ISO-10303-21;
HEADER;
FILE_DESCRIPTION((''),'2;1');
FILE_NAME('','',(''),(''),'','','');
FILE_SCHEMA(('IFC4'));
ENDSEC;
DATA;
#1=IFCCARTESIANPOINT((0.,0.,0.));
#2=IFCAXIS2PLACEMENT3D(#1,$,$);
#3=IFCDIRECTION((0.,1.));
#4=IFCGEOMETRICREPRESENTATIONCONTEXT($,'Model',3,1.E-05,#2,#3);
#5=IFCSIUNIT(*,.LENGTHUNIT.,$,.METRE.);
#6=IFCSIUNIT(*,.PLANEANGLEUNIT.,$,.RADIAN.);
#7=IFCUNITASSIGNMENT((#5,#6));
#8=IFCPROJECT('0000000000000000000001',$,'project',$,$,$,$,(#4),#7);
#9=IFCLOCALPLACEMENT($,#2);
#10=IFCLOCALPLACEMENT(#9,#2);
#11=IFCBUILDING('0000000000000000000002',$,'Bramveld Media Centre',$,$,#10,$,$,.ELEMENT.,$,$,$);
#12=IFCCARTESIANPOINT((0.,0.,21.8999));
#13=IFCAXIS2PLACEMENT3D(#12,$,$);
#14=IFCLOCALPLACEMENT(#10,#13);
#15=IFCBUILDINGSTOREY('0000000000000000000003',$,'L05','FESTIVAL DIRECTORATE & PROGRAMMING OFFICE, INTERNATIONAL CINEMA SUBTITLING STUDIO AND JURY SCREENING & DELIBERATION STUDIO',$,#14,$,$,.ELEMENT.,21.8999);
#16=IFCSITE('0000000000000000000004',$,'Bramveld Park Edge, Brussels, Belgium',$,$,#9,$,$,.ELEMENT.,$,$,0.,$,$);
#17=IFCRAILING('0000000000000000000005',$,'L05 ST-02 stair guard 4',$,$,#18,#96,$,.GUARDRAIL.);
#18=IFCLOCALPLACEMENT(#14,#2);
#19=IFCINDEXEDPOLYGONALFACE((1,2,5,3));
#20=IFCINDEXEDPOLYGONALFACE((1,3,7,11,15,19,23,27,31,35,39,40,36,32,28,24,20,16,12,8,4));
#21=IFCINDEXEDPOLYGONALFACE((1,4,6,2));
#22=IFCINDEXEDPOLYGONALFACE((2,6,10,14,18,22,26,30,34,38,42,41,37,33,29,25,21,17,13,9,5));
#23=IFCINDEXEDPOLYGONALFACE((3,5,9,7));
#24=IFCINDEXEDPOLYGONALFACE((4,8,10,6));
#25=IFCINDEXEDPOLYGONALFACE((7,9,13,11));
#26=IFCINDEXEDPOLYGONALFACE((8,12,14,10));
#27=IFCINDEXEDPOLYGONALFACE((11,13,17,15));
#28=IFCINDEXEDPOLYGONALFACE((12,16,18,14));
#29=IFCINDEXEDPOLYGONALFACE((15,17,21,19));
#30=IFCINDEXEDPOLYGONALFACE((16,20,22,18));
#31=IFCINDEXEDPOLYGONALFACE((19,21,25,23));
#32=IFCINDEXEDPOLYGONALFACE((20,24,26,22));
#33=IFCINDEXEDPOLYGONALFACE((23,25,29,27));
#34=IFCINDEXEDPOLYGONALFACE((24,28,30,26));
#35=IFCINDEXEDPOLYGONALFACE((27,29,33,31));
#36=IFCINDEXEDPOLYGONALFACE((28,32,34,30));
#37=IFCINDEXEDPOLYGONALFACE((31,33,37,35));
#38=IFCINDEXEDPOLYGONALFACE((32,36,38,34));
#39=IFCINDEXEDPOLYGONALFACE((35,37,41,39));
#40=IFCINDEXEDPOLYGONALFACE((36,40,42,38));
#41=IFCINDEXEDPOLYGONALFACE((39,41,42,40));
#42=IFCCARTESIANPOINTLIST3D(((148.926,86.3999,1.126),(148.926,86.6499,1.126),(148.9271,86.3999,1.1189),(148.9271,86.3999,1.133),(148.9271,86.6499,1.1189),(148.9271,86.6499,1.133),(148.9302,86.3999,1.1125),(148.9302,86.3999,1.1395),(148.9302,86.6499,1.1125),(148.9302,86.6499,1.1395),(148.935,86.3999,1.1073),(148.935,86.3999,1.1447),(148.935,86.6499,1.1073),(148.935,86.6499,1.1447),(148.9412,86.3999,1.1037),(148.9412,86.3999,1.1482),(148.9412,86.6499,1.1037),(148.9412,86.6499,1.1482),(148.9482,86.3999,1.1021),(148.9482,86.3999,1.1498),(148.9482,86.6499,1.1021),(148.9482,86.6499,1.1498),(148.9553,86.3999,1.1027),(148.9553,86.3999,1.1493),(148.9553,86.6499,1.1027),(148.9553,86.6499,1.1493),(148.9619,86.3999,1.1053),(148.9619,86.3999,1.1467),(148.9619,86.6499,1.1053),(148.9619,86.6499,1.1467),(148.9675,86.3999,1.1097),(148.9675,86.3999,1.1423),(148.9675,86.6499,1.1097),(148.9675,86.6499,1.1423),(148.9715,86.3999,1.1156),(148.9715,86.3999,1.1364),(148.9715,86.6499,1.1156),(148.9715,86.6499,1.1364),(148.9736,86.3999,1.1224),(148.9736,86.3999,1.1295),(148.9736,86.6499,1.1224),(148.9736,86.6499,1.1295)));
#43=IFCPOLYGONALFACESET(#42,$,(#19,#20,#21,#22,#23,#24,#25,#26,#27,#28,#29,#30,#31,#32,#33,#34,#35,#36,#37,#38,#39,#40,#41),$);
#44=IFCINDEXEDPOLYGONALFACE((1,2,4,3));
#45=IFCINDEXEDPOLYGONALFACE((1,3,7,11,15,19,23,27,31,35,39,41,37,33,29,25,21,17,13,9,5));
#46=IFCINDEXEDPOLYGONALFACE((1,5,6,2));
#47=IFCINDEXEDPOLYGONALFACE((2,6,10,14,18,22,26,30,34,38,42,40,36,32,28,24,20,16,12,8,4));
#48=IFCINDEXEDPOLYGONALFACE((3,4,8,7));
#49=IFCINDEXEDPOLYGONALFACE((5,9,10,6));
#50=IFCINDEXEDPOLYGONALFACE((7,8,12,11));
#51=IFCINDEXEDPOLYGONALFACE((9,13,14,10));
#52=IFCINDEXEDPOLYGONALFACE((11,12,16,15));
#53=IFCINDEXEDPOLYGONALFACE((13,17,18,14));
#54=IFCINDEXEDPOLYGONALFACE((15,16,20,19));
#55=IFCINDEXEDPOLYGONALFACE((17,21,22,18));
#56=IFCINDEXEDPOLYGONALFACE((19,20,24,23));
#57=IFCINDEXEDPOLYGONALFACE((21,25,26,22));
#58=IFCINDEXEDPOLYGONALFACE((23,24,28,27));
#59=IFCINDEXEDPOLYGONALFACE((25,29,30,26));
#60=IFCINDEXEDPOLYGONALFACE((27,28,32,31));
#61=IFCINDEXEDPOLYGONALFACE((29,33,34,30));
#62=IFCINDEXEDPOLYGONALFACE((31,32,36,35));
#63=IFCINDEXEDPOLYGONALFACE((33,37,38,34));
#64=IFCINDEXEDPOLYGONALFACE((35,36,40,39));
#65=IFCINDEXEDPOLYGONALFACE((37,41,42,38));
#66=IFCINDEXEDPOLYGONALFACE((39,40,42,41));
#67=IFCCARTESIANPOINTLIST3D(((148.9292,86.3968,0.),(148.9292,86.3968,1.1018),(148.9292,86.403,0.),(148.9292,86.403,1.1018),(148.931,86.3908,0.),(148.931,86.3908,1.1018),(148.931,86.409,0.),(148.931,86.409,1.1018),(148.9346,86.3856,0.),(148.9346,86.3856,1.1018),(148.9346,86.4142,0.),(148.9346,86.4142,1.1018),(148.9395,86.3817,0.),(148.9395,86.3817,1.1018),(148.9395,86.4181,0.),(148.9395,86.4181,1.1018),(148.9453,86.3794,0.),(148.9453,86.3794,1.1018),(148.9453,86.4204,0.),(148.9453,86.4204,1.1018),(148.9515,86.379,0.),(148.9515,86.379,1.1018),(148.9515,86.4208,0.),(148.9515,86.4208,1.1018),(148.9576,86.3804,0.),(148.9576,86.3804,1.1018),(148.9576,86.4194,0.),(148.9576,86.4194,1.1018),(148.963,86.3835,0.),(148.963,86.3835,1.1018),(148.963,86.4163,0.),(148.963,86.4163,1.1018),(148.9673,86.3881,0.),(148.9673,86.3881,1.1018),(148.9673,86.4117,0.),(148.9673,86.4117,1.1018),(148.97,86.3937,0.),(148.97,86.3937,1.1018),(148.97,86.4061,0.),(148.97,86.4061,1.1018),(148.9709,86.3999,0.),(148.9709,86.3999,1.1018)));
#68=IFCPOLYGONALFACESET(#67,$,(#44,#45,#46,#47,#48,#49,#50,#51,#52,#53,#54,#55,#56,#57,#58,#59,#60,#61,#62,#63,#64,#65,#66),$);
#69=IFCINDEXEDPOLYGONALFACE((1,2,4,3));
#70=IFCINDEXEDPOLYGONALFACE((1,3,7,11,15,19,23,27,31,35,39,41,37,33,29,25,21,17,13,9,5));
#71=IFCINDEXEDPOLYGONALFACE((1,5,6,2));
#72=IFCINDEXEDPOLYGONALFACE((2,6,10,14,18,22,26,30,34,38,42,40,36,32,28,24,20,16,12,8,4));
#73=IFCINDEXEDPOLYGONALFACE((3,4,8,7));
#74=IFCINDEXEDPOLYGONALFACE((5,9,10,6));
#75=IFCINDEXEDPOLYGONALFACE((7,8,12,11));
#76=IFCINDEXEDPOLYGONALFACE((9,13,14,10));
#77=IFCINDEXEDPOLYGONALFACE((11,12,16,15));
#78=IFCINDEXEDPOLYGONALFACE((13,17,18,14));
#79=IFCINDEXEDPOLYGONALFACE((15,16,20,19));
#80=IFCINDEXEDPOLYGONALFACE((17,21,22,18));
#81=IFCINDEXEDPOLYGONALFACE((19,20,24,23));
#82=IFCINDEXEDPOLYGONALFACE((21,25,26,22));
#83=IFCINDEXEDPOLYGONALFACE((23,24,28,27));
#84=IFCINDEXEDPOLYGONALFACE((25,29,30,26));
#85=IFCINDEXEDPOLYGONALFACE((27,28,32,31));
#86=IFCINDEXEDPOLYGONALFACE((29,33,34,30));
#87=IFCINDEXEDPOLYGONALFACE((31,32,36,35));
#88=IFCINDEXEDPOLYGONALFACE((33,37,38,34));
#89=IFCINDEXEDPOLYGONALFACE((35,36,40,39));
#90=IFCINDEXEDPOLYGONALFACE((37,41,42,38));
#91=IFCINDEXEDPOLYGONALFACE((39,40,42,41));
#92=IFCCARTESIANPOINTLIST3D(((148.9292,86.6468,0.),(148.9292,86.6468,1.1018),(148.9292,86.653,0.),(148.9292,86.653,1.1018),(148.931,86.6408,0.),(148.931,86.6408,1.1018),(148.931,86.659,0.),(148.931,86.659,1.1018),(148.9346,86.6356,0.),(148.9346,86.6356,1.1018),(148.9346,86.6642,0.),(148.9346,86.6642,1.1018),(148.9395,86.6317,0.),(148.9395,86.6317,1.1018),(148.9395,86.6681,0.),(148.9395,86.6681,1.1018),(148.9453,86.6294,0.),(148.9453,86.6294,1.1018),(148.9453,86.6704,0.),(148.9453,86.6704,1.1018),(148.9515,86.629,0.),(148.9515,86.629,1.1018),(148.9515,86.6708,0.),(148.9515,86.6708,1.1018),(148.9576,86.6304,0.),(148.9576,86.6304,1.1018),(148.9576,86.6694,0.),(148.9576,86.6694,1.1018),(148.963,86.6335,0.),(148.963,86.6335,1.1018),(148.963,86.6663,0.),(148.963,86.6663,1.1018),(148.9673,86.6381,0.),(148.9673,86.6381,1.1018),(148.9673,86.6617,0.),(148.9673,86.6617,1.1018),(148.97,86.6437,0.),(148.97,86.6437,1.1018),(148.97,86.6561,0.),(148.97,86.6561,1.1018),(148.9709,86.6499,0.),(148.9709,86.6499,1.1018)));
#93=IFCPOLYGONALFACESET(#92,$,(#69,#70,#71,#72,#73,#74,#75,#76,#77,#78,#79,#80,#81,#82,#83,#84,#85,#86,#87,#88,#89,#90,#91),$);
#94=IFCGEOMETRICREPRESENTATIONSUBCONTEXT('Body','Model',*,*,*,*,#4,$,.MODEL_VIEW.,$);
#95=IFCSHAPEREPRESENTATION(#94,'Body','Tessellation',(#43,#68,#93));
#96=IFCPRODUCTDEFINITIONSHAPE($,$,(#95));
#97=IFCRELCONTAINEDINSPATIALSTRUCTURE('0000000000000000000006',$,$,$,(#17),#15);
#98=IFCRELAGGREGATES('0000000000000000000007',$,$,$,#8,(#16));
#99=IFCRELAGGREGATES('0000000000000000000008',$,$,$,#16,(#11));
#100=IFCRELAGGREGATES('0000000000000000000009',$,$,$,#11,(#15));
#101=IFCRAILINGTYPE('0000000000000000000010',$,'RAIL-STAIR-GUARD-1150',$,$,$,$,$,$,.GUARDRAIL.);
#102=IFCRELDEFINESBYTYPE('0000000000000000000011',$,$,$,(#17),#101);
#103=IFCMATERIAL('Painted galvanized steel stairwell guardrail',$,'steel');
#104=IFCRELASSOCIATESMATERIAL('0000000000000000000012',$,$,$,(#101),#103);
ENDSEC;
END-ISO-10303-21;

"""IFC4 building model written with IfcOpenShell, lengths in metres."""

from ifc_helpers import new_model, si_unit, direction, frame, origin, origin_2d, place, context, subcontext, project, spatial, circle, extrude, material, type_object, element, save


model = new_model("IFC4")

# Units and contexts
model_context = context("Model", 3, precision=1e-05, world=origin(), true_north=direction((0.0, 1.0)))
body_context = subcontext(model_context, "Body", "Model", "MODEL_VIEW")
ifc_project = project(units=[si_unit("LENGTHUNIT", "METRE"), si_unit("PLANEANGLEUNIT", "RADIAN")], contexts=[model_context])

# Site, building, storey
site_placement = place(None, origin())
site = spatial("IfcSite", under=ifc_project, at=site_placement, Name="Bramveld Park Edge, Brussels, Belgium", CompositionType="ELEMENT", RefElevation=0.0)
building_placement = place(site_placement, origin())
building = spatial("IfcBuilding", under=site, at=building_placement, Name="Bramveld Media Centre", CompositionType="ELEMENT")
storey_placement = place(building_placement, frame((0.0, 0.0, 21.8999)))
storey = spatial("IfcBuildingStorey", under=building, at=storey_placement, Name="L05", Description="FESTIVAL DIRECTORATE & PROGRAMMING OFFICE, INTERNATIONAL CINEMA SUBTITLING STUDIO AND JURY SCREENING & DELIBERATION STUDIO", CompositionType="ELEMENT", Elevation=21.8999)

# Railing
ifc_material_1 = material(Name="Painted galvanized steel stairwell guardrail", Category="steel")
railing_type = type_object("IfcRailingType", Name="RAIL-STAIR-GUARD-1150", PredefinedType="GUARDRAIL", material=ifc_material_1)
railing_placement = place(storey_placement, frame((148.95, 86.3999, 0.0)))
element("IfcRailing", 1, at=railing_placement, inside=storey, type_object=railing_type, Name="L05 ST-02 stair guard 4", PredefinedType="GUARDRAIL", context=body_context, shape_type="SweptSolid", body=[
    extrude(circle(Radius=0.0239, at=origin_2d()), frame((0.0, 0.0, 1.126), z_axis=(0.0, 1.0, 0.0), x_axis=(-1.0, 0.0, 0.0)), (0.0, 0.0, 1.0), 0.25),
    extrude(circle(Radius=0.021, at=origin_2d()), origin(), (0.0, 0.0, 1.0), 1.1018),
    extrude(circle(Radius=0.021, at=origin_2d()), frame((0.0, 0.25, 0.0)), (0.0, 0.0, 1.0), 1.1018),
])

save(model, "model.ifc")
